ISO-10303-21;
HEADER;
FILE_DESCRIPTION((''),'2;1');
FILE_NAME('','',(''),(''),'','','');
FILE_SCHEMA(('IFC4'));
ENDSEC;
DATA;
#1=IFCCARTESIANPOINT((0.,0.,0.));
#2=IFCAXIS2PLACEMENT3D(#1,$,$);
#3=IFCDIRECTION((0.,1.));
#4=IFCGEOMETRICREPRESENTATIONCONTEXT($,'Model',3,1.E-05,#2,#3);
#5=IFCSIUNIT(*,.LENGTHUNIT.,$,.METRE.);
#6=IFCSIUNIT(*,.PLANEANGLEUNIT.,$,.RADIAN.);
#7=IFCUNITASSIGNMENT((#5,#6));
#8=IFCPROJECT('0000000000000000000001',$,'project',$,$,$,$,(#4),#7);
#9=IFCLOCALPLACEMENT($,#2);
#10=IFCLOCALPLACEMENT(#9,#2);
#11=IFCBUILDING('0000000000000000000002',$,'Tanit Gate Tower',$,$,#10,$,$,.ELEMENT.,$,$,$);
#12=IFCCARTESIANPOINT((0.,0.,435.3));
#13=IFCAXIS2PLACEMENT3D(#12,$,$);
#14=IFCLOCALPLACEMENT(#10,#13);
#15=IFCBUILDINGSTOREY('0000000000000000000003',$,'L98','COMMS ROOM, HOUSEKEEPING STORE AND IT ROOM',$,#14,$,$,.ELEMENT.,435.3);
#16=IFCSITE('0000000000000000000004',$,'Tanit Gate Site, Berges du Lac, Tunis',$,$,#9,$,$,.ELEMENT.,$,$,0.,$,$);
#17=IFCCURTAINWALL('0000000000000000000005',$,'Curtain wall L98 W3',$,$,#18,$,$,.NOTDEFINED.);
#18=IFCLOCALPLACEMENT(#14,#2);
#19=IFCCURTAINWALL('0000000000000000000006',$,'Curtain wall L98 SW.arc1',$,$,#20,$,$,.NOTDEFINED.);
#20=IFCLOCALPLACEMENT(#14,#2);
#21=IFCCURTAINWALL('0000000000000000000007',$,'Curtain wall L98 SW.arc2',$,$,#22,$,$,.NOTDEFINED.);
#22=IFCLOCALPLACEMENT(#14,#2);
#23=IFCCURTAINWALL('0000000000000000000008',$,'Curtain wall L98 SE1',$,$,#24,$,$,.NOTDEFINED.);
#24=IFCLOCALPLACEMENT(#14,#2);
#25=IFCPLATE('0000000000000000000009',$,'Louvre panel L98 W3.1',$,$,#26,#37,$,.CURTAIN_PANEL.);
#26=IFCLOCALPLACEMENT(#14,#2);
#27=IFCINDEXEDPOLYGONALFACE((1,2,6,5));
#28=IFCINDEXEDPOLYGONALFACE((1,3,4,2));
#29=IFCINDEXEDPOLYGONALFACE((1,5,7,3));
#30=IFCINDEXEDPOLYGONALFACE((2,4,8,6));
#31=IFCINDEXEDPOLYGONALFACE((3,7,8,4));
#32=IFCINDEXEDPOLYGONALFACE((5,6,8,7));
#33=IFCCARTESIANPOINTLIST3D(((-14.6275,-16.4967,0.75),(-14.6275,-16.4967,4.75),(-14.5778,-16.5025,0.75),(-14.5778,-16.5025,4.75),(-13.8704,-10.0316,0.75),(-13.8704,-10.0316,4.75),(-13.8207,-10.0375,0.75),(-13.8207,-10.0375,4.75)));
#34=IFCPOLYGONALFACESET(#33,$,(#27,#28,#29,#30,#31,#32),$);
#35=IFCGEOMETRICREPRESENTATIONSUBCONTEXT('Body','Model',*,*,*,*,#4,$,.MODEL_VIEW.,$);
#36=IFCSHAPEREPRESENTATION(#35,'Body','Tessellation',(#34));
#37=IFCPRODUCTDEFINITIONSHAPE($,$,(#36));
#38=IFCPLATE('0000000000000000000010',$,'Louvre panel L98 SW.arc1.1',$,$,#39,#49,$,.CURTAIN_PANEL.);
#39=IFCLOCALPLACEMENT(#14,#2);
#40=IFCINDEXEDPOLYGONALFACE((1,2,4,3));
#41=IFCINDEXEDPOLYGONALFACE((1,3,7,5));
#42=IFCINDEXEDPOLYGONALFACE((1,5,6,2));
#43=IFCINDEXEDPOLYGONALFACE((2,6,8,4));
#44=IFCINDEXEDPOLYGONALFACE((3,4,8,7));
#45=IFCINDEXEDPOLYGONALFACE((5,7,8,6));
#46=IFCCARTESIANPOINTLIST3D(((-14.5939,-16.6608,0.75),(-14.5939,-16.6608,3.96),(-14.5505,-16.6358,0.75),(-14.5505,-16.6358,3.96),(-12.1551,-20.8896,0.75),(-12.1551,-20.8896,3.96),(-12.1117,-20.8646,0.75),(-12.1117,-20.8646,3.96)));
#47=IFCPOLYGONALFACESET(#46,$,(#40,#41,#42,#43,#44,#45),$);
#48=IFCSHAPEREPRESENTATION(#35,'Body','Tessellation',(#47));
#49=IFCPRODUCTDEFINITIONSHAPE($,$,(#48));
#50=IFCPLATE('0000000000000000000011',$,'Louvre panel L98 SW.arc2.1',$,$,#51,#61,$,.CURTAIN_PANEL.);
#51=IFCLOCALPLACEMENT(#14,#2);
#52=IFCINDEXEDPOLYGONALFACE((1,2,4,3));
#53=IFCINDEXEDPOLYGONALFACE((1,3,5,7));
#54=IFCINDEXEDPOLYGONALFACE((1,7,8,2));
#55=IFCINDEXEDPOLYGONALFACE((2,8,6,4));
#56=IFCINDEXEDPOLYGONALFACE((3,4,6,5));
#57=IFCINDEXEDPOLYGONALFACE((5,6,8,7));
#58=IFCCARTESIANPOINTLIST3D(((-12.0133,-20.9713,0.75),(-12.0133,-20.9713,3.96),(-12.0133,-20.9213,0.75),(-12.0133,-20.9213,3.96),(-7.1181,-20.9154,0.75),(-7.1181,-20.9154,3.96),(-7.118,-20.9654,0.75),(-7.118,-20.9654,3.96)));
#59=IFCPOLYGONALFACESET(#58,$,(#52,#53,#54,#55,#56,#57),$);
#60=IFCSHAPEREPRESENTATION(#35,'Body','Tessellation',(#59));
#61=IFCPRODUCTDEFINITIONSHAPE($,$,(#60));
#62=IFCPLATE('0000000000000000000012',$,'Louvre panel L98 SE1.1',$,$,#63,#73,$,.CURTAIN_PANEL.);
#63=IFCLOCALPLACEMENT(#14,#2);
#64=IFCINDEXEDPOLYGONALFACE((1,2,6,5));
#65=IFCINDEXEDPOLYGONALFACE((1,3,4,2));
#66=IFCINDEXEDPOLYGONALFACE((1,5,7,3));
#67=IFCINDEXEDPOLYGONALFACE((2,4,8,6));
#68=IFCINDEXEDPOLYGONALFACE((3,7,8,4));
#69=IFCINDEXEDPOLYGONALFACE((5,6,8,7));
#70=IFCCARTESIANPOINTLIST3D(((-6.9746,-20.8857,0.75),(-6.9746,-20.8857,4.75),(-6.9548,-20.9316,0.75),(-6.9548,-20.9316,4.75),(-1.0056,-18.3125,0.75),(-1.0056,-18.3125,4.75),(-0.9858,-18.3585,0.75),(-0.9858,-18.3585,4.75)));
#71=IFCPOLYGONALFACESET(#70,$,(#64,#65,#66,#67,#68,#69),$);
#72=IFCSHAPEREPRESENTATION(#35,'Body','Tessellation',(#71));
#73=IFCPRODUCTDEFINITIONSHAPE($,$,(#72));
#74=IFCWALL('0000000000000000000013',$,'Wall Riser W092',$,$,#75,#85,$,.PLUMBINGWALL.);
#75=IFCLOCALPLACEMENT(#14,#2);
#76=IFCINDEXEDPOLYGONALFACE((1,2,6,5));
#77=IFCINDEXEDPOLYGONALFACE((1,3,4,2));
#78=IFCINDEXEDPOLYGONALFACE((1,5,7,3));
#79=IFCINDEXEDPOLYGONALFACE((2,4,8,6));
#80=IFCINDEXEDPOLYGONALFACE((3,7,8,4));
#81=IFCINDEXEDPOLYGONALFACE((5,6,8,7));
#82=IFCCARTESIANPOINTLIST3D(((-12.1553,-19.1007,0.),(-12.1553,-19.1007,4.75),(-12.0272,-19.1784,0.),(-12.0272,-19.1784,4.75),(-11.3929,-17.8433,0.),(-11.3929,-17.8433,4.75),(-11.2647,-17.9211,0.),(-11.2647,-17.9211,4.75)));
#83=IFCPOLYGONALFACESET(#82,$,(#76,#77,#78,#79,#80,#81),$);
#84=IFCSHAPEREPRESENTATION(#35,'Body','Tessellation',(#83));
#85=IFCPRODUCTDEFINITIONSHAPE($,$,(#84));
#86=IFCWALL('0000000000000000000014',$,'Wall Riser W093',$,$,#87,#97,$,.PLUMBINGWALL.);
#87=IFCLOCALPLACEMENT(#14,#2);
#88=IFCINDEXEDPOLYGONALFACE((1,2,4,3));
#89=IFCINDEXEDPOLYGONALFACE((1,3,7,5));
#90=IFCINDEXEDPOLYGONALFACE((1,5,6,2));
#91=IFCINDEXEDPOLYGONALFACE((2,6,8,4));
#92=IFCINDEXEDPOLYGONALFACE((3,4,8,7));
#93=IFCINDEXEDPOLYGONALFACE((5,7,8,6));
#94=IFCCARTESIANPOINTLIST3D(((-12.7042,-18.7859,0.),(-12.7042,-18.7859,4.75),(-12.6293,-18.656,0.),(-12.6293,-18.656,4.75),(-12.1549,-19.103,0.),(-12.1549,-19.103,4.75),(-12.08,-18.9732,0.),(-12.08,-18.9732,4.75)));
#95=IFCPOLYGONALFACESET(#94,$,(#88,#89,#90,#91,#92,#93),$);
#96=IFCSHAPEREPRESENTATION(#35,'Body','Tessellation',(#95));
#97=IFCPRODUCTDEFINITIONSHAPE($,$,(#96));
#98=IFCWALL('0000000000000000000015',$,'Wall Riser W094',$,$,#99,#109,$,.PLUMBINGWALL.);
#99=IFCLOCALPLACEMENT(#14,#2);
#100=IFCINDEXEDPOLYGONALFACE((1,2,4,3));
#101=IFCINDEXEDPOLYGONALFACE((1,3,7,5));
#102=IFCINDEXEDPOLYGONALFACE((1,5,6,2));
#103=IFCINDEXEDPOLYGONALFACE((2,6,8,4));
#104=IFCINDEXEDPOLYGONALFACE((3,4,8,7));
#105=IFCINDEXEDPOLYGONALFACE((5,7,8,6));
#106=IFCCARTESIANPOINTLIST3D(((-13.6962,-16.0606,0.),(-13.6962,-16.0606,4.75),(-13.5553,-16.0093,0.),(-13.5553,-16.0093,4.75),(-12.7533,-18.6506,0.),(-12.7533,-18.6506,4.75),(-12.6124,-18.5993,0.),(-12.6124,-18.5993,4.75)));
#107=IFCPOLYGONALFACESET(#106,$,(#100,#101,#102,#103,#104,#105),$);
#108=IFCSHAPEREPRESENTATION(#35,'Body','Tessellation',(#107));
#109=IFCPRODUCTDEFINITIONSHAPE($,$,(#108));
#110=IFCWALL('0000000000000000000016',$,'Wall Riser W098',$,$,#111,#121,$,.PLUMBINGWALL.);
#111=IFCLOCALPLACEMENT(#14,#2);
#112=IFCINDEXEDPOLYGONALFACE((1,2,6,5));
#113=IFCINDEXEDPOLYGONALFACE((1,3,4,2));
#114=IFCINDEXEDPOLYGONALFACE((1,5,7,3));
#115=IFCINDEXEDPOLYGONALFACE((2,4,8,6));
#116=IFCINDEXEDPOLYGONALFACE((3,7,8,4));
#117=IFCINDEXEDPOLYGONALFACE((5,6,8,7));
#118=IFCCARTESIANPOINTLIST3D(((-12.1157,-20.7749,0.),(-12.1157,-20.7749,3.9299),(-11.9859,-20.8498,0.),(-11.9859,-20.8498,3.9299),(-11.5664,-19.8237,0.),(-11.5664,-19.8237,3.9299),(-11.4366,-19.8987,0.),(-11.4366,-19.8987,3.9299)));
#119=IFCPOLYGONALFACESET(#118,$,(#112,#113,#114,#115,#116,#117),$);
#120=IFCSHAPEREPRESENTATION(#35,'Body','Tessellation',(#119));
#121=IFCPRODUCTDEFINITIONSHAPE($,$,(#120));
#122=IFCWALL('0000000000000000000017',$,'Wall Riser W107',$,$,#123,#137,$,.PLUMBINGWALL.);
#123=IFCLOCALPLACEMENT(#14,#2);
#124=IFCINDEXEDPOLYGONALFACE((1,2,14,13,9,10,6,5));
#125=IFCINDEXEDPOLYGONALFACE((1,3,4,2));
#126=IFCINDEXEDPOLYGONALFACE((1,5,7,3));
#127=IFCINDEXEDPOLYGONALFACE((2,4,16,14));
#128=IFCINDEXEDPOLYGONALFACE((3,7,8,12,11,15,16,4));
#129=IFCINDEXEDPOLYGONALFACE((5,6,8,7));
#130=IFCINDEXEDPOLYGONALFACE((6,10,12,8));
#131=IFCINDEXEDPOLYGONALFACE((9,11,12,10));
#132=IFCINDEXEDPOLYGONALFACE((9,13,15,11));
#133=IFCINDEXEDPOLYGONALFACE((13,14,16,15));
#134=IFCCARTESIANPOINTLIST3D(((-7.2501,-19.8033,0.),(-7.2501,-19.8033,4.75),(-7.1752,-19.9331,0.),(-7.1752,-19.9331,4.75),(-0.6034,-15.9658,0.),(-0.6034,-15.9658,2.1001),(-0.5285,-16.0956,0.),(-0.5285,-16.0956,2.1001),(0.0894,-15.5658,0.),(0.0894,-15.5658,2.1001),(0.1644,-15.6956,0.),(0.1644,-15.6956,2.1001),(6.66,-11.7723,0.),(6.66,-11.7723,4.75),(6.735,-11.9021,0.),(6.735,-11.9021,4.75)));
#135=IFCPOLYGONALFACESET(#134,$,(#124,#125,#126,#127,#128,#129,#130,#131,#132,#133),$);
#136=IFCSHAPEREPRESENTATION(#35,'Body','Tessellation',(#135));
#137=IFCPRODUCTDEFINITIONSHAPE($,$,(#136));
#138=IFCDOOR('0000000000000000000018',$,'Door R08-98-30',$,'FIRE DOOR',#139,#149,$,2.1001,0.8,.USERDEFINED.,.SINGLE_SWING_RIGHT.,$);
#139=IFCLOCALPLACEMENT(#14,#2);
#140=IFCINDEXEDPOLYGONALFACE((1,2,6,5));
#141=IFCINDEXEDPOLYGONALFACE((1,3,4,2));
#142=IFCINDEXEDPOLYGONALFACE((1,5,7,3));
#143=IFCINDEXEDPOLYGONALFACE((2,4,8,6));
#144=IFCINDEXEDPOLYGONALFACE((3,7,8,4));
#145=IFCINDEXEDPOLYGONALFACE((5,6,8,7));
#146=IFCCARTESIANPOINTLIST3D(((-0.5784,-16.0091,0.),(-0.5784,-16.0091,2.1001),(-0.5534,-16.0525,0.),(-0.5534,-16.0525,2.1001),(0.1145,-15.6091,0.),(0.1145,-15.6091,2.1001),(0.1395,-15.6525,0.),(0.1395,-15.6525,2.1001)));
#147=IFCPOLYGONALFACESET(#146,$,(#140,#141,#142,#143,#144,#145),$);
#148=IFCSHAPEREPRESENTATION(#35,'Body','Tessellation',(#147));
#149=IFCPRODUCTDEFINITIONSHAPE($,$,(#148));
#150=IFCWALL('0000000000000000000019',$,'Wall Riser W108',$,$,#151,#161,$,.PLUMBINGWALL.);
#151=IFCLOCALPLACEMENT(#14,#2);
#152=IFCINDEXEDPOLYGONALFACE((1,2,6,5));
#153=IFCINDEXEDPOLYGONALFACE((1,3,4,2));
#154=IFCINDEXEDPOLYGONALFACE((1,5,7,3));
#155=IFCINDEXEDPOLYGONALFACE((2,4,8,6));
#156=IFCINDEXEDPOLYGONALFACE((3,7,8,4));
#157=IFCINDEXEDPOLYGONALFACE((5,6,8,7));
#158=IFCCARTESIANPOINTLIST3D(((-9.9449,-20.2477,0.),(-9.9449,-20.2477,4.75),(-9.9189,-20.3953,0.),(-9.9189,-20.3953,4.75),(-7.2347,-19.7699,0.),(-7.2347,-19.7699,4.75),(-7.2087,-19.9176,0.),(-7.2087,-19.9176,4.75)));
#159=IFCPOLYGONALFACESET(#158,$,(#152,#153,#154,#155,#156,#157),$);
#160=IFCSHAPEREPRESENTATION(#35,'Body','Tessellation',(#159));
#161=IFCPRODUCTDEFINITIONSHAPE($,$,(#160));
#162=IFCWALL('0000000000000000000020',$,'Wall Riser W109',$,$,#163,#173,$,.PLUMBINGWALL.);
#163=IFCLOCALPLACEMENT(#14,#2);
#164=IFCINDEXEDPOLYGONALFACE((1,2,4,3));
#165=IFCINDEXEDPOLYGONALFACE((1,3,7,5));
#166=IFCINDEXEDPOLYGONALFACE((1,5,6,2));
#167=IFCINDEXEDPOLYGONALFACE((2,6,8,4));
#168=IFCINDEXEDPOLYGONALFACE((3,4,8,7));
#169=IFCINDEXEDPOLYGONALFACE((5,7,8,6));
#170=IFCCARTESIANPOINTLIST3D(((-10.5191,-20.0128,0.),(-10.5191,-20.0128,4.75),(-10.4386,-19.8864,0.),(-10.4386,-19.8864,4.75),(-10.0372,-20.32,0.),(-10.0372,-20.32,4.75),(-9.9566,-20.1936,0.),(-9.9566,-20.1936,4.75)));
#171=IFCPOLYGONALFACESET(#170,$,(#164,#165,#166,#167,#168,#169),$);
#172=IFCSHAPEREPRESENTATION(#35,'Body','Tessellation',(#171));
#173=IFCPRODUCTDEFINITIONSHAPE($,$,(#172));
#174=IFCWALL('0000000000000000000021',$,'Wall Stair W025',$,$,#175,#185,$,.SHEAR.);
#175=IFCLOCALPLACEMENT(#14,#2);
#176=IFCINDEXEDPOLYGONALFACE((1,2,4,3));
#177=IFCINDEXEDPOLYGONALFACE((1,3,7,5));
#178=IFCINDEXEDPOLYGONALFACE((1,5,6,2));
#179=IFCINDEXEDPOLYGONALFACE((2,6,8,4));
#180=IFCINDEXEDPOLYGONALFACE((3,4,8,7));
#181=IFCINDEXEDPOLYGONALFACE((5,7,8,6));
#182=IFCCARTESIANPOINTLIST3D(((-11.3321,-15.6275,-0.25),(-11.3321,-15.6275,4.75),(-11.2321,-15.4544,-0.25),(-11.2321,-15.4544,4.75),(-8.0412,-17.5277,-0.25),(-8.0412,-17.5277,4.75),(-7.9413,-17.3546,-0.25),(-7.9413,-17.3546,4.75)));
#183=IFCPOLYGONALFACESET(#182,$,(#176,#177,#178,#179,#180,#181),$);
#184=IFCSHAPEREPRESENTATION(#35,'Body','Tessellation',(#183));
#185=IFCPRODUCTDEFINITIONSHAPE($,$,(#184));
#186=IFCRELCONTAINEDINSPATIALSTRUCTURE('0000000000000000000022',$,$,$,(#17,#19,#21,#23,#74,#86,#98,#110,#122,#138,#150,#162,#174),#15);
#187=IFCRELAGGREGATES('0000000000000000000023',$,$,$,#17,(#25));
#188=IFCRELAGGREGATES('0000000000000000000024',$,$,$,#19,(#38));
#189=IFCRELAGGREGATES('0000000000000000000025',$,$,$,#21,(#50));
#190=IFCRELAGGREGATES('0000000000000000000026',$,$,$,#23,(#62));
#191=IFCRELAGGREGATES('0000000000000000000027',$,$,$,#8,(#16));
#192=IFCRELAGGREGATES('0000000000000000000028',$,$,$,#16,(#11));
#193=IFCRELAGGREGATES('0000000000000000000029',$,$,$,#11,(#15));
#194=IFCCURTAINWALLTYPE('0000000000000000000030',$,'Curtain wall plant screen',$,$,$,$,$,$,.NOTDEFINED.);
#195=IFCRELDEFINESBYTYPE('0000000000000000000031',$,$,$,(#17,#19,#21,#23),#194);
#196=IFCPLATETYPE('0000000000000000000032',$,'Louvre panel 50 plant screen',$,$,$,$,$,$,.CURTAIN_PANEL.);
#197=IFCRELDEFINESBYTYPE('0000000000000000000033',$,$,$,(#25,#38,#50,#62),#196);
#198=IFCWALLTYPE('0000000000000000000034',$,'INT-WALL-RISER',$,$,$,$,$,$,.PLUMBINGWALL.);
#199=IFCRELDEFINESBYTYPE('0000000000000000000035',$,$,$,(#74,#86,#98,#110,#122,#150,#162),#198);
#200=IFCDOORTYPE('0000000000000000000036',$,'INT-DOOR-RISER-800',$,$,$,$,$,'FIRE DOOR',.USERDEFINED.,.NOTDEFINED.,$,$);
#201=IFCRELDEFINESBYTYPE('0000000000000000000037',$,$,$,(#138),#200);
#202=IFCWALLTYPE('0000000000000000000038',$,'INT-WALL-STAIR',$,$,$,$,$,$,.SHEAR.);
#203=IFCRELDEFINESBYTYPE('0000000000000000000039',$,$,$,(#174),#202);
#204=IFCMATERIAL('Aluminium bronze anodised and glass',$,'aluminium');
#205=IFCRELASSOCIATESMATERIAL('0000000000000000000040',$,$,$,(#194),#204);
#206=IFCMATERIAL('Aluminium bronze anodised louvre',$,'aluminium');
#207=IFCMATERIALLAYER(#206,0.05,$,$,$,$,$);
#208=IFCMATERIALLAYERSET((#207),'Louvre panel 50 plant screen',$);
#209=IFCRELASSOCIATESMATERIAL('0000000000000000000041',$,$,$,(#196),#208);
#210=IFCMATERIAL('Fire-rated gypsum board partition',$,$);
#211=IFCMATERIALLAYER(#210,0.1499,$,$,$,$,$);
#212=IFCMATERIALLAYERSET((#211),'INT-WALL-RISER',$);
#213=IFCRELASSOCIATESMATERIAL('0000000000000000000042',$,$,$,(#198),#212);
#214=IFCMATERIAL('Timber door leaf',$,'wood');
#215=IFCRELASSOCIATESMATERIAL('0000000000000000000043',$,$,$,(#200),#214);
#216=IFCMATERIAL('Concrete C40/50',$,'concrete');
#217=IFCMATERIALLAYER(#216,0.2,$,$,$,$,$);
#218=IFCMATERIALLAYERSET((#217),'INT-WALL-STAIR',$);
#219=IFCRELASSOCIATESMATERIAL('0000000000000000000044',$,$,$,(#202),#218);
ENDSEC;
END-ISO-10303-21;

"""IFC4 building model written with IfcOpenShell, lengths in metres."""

from ifc_helpers import new_model, si_unit, direction, frame, frame_2d, origin, origin_2d, place, context, subcontext, project, spatial, rectangle, extrude, material, layer, layer_set, type_object, element, fill, aggregate, save


model = new_model("IFC4")

# Units and contexts
model_context = context("Model", 3, precision=1e-05, world=origin(), true_north=direction((0.0, 1.0)))
body_context = subcontext(model_context, "Body", "Model", "MODEL_VIEW")
ifc_project = project(units=[si_unit("LENGTHUNIT", "METRE"), si_unit("PLANEANGLEUNIT", "RADIAN")], contexts=[model_context])

# Site, building, storey
site_placement = place(None, origin())
site = spatial("IfcSite", under=ifc_project, at=site_placement, Name="Tanit Gate Site, Berges du Lac, Tunis", CompositionType="ELEMENT", RefElevation=0.0)
building_placement = place(site_placement, origin())
building = spatial("IfcBuilding", under=site, at=building_placement, Name="Tanit Gate Tower", CompositionType="ELEMENT")
storey_placement = place(building_placement, frame((0.0, 0.0, 435.3)))
storey = spatial("IfcBuildingStorey", under=building, at=storey_placement, Name="L98", Description="COMMS ROOM, HOUSEKEEPING STORE AND IT ROOM", CompositionType="ELEMENT", Elevation=435.3)

# Curtain wall
ifc_material_1 = material(Name="Aluminium bronze anodised and glass", Category="aluminium")
curtain_wall_type = type_object("IfcCurtainWallType", Name="Curtain wall plant screen", PredefinedType="NOTDEFINED", material=ifc_material_1)
curtain_wall_1_placement = place(storey_placement, origin())
curtain_wall_1 = element("IfcCurtainWall", 1, at=curtain_wall_1_placement, inside=storey, type_object=curtain_wall_type, Name="Curtain wall L98 W3", PredefinedType="NOTDEFINED")

# Curtain walls
curtain_wall_2_placement = place(storey_placement, origin())
curtain_wall_2 = element("IfcCurtainWall", 2, at=curtain_wall_2_placement, inside=storey, type_object=curtain_wall_type, Name="Curtain wall L98 SW.arc1", PredefinedType="NOTDEFINED")
curtain_wall_3_placement = place(storey_placement, origin())
curtain_wall_3 = element("IfcCurtainWall", 3, at=curtain_wall_3_placement, inside=storey, type_object=curtain_wall_type, Name="Curtain wall L98 SW.arc2", PredefinedType="NOTDEFINED")

# Curtain wall
curtain_wall_4_placement = place(storey_placement, origin())
curtain_wall_4 = element("IfcCurtainWall", 4, at=curtain_wall_4_placement, inside=storey, type_object=curtain_wall_type, Name="Curtain wall L98 SE1", PredefinedType="NOTDEFINED")

# Plates
ifc_material_2 = material(Name="Aluminium bronze anodised louvre", Category="aluminium")
ifc_layer_1 = layer(ifc_material_2, 0.05)
ifc_layer_set_1 = layer_set([ifc_layer_1], Name="Louvre panel 50 plant screen")
plate_type = type_object("IfcPlateType", Name="Louvre panel 50 plant screen", PredefinedType="CURTAIN_PANEL", material=ifc_layer_set_1)
plate_1_placement = place(storey_placement, frame((-14.2241, -13.2671, 0.75), z_axis=(0.0, 0.0, 1.0), x_axis=(-0.116318, -0.993212, 0.0)))
plate_1 = element("IfcPlate", 5, at=plate_1_placement, type_object=plate_type, Name="Louvre panel L98 W3.1", PredefinedType="CURTAIN_PANEL", context=body_context, shape_type="SweptSolid", body=[
    extrude(rectangle(XDim=6.5093, YDim=0.05, at=origin_2d()), origin(), (0.0, 0.0, 1.0), 4.0),
])
aggregate(curtain_wall_1, [plate_1])
plate_2_placement = place(storey_placement, frame((-13.3528, -18.7627, 0.75), z_axis=(0.0, 0.0, 1.0), x_axis=(0.499592, -0.866261, 0.0)))
plate_2 = element("IfcPlate", 6, at=plate_2_placement, type_object=plate_type, Name="Louvre panel L98 SW.arc1.1", PredefinedType="CURTAIN_PANEL", context=body_context, shape_type="SweptSolid", body=[
    extrude(rectangle(XDim=4.8816, YDim=0.05, at=origin_2d()), origin(), (0.0, 0.0, 1.0), 3.21),
])
aggregate(curtain_wall_2, [plate_2])
plate_3_placement = place(storey_placement, frame((-9.5657, -20.9434, 0.75), z_axis=(0.0, 0.0, 1.0), x_axis=(0.999999, 0.001199, 0.0)))
plate_3 = element("IfcPlate", 7, at=plate_3_placement, type_object=plate_type, Name="Louvre panel L98 SW.arc2.1", PredefinedType="CURTAIN_PANEL", context=body_context, shape_type="SweptSolid", body=[
    extrude(rectangle(XDim=4.8953, YDim=0.05, at=origin_2d()), origin(), (0.0, 0.0, 1.0), 3.21),
])
aggregate(curtain_wall_3, [plate_3])
plate_4_placement = place(storey_placement, frame((-3.9802, -19.6221, 0.75), z_axis=(0.0, 0.0, 1.0), x_axis=(0.918306, 0.395871, 0.0)))
plate_4 = element("IfcPlate", 8, at=plate_4_placement, type_object=plate_type, Name="Louvre panel L98 SE1.1", PredefinedType="CURTAIN_PANEL", context=body_context, shape_type="SweptSolid", body=[
    extrude(rectangle(XDim=6.5, YDim=0.05, at=origin_2d()), origin(), (0.0, 0.0, 1.0), 4.0),
])
aggregate(curtain_wall_4, [plate_4])

# Walls
ifc_material_3 = material(Name="Fire-rated gypsum board partition")
ifc_layer_2 = layer(ifc_material_3, 0.1499)
ifc_layer_set_2 = layer_set([ifc_layer_2], Name="INT-WALL-RISER")
wall_type_1 = type_object("IfcWallType", Name="INT-WALL-RISER", PredefinedType="PLUMBINGWALL", material=ifc_layer_set_2)
wall_1_placement = place(storey_placement, frame((-12.0913, -19.1396, 0.0), z_axis=(0.0, 0.0, 1.0), x_axis=(0.518519, 0.855066, 0.0)))
element("IfcWall", 9, at=wall_1_placement, inside=storey, type_object=wall_type_1, Name="Wall Riser W092", PredefinedType="PLUMBINGWALL", context=body_context, shape_type="SweptSolid", body=[
    extrude(rectangle(XDim=1.4705, YDim=0.1499, at=frame_2d((0.7354, 0.0))), origin(), (0.0, 0.0, 1.0), 4.75),
])
wall_2_placement = place(storey_placement, frame((-12.6667, -18.7209, 0.0), z_axis=(0.0, 0.0, 1.0), x_axis=(0.866032, -0.499989, 0.0)))
element("IfcWall", 10, at=wall_2_placement, inside=storey, type_object=wall_type_1, Name="Wall Riser W093", PredefinedType="PLUMBINGWALL", context=body_context, shape_type="SweptSolid", body=[
    extrude(rectangle(XDim=0.6343, YDim=0.1499, at=frame_2d((0.3171, 0.0))), origin(), (0.0, 0.0, 1.0), 4.75),
])
wall_3_placement = place(storey_placement, frame((-13.6257, -16.0349, 0.0), z_axis=(0.0, 0.0, 1.0), x_axis=(0.34207, -0.939674, 0.0)))
element("IfcWall", 11, at=wall_3_placement, inside=storey, type_object=wall_type_1, Name="Wall Riser W094", PredefinedType="PLUMBINGWALL", context=body_context, shape_type="SweptSolid", body=[
    extrude(rectangle(XDim=2.7563, YDim=0.1499, at=frame_2d((1.3782, 0.0))), origin(), (0.0, 0.0, 1.0), 4.75),
])
wall_4_placement = place(storey_placement, frame((-11.5015, -19.8611, 0.0), z_axis=(0.0, 0.0, 1.0), x_axis=(-0.500107, -0.865963, 0.0)))
element("IfcWall", 12, at=wall_4_placement, inside=storey, type_object=wall_type_1, Name="Wall Riser W098", PredefinedType="PLUMBINGWALL", context=body_context, shape_type="SweptSolid", body=[
    extrude(rectangle(XDim=1.0984, YDim=0.1499, at=frame_2d((0.5493, 0.0))), origin(), (0.0, 0.0, 1.0), 3.9299),
])

# Wall, opening, door
wall_5_placement = place(storey_placement, frame((-7.2126, -19.8682, 0.0), z_axis=(0.0, 0.0, 1.0), x_axis=(0.866026, 0.499999, 0.0)))
wall_5 = element("IfcWall", 13, at=wall_5_placement, inside=storey, type_object=wall_type_1, Name="Wall Riser W107", PredefinedType="PLUMBINGWALL", context=body_context, shape_type="SweptSolid", body=[
    extrude(rectangle(XDim=16.062, YDim=0.1499, at=frame_2d((8.031, 0.0))), origin(), (0.0, 0.0, 1.0), 4.75),
])
opening_1_placement = place(wall_5_placement, frame((7.675, 0.0, 0.0)))
opening_1 = element("IfcOpeningElement", 14, at=opening_1_placement, cuts=wall_5, PredefinedType="OPENING", context=body_context, shape_type="SweptSolid", body=[
    extrude(rectangle(XDim=0.8, YDim=2.1001, at=frame_2d((0.3999, 1.05))), frame((0.0, 0.085, 0.0), z_axis=(0.0, -1.0, 0.0), x_axis=(1.0, 0.0, 0.0)), (0.0, 0.0, 1.0), 0.1699),
])
ifc_material_4 = material(Name="Timber door leaf", Category="wood")
door_type_1 = type_object("IfcDoorType", Name="INT-DOOR-RISER-800", ElementType="FIRE DOOR", OperationType="NOTDEFINED", PredefinedType="USERDEFINED", material=ifc_material_4)
door_1_placement = place(opening_1_placement, origin())
door_1 = element("IfcDoor", 15, at=door_1_placement, inside=storey, type_object=door_type_1, Name="Door R08-98-30", ObjectType="FIRE DOOR", OperationType="SINGLE_SWING_RIGHT", OverallHeight=2.1001, OverallWidth=0.8, PredefinedType="USERDEFINED", context=body_context, shape_type="SweptSolid", body=[
    extrude(rectangle(XDim=0.8, YDim=2.1001, at=frame_2d((0.3999, 1.05))), frame((0.0, 0.0249, 0.0), z_axis=(0.0, -1.0, 0.0), x_axis=(1.0, 0.0, 0.0)), (0.0, 0.0, 1.0), 0.05),
])
fill(opening_1, door_1)

# Walls
wall_6_placement = place(storey_placement, frame((-9.9319, -20.3215, 0.0), z_axis=(0.0, 0.0, 1.0), x_axis=(0.984814, 0.173613, 0.0)))
element("IfcWall", 16, at=wall_6_placement, inside=storey, type_object=wall_type_1, Name="Wall Riser W108", PredefinedType="PLUMBINGWALL", context=body_context, shape_type="SweptSolid", body=[
    extrude(rectangle(XDim=2.752, YDim=0.1499, at=frame_2d((1.376, 0.0))), origin(), (0.0, 0.0, 1.0), 4.75),
])
wall_7_placement = place(storey_placement, frame((-10.4788, -19.9497, 0.0), z_axis=(0.0, 0.0, 1.0), x_axis=(0.843309, -0.537428, 0.0)))
element("IfcWall", 17, at=wall_7_placement, inside=storey, type_object=wall_type_1, Name="Wall Riser W109", PredefinedType="PLUMBINGWALL", context=body_context, shape_type="SweptSolid", body=[
    extrude(rectangle(XDim=0.5715, YDim=0.1499, at=frame_2d((0.2856, 0.0))), origin(), (0.0, 0.0, 1.0), 4.75),
])
ifc_material_5 = material(Name="Concrete C40/50", Category="concrete")
ifc_layer_3 = layer(ifc_material_5, 0.2)
ifc_layer_set_3 = layer_set([ifc_layer_3], Name="INT-WALL-STAIR")
wall_type_2 = type_object("IfcWallType", Name="INT-WALL-STAIR", PredefinedType="SHEAR", material=ifc_layer_set_3)
wall_8_placement = place(storey_placement, frame((-11.282, -15.541, -0.25), z_axis=(0.0, 0.0, 1.0), x_axis=(0.866, -0.500043, 0.0)))
element("IfcWall", 18, at=wall_8_placement, inside=storey, type_object=wall_type_2, Name="Wall Stair W025", PredefinedType="SHEAR", context=body_context, shape_type="SweptSolid", body=[
    extrude(rectangle(XDim=3.8, YDim=0.2, at=frame_2d((1.8999, 0.0))), origin(), (0.0, 0.0, 1.0), 5.0),
])

save(model, "model.ifc")
